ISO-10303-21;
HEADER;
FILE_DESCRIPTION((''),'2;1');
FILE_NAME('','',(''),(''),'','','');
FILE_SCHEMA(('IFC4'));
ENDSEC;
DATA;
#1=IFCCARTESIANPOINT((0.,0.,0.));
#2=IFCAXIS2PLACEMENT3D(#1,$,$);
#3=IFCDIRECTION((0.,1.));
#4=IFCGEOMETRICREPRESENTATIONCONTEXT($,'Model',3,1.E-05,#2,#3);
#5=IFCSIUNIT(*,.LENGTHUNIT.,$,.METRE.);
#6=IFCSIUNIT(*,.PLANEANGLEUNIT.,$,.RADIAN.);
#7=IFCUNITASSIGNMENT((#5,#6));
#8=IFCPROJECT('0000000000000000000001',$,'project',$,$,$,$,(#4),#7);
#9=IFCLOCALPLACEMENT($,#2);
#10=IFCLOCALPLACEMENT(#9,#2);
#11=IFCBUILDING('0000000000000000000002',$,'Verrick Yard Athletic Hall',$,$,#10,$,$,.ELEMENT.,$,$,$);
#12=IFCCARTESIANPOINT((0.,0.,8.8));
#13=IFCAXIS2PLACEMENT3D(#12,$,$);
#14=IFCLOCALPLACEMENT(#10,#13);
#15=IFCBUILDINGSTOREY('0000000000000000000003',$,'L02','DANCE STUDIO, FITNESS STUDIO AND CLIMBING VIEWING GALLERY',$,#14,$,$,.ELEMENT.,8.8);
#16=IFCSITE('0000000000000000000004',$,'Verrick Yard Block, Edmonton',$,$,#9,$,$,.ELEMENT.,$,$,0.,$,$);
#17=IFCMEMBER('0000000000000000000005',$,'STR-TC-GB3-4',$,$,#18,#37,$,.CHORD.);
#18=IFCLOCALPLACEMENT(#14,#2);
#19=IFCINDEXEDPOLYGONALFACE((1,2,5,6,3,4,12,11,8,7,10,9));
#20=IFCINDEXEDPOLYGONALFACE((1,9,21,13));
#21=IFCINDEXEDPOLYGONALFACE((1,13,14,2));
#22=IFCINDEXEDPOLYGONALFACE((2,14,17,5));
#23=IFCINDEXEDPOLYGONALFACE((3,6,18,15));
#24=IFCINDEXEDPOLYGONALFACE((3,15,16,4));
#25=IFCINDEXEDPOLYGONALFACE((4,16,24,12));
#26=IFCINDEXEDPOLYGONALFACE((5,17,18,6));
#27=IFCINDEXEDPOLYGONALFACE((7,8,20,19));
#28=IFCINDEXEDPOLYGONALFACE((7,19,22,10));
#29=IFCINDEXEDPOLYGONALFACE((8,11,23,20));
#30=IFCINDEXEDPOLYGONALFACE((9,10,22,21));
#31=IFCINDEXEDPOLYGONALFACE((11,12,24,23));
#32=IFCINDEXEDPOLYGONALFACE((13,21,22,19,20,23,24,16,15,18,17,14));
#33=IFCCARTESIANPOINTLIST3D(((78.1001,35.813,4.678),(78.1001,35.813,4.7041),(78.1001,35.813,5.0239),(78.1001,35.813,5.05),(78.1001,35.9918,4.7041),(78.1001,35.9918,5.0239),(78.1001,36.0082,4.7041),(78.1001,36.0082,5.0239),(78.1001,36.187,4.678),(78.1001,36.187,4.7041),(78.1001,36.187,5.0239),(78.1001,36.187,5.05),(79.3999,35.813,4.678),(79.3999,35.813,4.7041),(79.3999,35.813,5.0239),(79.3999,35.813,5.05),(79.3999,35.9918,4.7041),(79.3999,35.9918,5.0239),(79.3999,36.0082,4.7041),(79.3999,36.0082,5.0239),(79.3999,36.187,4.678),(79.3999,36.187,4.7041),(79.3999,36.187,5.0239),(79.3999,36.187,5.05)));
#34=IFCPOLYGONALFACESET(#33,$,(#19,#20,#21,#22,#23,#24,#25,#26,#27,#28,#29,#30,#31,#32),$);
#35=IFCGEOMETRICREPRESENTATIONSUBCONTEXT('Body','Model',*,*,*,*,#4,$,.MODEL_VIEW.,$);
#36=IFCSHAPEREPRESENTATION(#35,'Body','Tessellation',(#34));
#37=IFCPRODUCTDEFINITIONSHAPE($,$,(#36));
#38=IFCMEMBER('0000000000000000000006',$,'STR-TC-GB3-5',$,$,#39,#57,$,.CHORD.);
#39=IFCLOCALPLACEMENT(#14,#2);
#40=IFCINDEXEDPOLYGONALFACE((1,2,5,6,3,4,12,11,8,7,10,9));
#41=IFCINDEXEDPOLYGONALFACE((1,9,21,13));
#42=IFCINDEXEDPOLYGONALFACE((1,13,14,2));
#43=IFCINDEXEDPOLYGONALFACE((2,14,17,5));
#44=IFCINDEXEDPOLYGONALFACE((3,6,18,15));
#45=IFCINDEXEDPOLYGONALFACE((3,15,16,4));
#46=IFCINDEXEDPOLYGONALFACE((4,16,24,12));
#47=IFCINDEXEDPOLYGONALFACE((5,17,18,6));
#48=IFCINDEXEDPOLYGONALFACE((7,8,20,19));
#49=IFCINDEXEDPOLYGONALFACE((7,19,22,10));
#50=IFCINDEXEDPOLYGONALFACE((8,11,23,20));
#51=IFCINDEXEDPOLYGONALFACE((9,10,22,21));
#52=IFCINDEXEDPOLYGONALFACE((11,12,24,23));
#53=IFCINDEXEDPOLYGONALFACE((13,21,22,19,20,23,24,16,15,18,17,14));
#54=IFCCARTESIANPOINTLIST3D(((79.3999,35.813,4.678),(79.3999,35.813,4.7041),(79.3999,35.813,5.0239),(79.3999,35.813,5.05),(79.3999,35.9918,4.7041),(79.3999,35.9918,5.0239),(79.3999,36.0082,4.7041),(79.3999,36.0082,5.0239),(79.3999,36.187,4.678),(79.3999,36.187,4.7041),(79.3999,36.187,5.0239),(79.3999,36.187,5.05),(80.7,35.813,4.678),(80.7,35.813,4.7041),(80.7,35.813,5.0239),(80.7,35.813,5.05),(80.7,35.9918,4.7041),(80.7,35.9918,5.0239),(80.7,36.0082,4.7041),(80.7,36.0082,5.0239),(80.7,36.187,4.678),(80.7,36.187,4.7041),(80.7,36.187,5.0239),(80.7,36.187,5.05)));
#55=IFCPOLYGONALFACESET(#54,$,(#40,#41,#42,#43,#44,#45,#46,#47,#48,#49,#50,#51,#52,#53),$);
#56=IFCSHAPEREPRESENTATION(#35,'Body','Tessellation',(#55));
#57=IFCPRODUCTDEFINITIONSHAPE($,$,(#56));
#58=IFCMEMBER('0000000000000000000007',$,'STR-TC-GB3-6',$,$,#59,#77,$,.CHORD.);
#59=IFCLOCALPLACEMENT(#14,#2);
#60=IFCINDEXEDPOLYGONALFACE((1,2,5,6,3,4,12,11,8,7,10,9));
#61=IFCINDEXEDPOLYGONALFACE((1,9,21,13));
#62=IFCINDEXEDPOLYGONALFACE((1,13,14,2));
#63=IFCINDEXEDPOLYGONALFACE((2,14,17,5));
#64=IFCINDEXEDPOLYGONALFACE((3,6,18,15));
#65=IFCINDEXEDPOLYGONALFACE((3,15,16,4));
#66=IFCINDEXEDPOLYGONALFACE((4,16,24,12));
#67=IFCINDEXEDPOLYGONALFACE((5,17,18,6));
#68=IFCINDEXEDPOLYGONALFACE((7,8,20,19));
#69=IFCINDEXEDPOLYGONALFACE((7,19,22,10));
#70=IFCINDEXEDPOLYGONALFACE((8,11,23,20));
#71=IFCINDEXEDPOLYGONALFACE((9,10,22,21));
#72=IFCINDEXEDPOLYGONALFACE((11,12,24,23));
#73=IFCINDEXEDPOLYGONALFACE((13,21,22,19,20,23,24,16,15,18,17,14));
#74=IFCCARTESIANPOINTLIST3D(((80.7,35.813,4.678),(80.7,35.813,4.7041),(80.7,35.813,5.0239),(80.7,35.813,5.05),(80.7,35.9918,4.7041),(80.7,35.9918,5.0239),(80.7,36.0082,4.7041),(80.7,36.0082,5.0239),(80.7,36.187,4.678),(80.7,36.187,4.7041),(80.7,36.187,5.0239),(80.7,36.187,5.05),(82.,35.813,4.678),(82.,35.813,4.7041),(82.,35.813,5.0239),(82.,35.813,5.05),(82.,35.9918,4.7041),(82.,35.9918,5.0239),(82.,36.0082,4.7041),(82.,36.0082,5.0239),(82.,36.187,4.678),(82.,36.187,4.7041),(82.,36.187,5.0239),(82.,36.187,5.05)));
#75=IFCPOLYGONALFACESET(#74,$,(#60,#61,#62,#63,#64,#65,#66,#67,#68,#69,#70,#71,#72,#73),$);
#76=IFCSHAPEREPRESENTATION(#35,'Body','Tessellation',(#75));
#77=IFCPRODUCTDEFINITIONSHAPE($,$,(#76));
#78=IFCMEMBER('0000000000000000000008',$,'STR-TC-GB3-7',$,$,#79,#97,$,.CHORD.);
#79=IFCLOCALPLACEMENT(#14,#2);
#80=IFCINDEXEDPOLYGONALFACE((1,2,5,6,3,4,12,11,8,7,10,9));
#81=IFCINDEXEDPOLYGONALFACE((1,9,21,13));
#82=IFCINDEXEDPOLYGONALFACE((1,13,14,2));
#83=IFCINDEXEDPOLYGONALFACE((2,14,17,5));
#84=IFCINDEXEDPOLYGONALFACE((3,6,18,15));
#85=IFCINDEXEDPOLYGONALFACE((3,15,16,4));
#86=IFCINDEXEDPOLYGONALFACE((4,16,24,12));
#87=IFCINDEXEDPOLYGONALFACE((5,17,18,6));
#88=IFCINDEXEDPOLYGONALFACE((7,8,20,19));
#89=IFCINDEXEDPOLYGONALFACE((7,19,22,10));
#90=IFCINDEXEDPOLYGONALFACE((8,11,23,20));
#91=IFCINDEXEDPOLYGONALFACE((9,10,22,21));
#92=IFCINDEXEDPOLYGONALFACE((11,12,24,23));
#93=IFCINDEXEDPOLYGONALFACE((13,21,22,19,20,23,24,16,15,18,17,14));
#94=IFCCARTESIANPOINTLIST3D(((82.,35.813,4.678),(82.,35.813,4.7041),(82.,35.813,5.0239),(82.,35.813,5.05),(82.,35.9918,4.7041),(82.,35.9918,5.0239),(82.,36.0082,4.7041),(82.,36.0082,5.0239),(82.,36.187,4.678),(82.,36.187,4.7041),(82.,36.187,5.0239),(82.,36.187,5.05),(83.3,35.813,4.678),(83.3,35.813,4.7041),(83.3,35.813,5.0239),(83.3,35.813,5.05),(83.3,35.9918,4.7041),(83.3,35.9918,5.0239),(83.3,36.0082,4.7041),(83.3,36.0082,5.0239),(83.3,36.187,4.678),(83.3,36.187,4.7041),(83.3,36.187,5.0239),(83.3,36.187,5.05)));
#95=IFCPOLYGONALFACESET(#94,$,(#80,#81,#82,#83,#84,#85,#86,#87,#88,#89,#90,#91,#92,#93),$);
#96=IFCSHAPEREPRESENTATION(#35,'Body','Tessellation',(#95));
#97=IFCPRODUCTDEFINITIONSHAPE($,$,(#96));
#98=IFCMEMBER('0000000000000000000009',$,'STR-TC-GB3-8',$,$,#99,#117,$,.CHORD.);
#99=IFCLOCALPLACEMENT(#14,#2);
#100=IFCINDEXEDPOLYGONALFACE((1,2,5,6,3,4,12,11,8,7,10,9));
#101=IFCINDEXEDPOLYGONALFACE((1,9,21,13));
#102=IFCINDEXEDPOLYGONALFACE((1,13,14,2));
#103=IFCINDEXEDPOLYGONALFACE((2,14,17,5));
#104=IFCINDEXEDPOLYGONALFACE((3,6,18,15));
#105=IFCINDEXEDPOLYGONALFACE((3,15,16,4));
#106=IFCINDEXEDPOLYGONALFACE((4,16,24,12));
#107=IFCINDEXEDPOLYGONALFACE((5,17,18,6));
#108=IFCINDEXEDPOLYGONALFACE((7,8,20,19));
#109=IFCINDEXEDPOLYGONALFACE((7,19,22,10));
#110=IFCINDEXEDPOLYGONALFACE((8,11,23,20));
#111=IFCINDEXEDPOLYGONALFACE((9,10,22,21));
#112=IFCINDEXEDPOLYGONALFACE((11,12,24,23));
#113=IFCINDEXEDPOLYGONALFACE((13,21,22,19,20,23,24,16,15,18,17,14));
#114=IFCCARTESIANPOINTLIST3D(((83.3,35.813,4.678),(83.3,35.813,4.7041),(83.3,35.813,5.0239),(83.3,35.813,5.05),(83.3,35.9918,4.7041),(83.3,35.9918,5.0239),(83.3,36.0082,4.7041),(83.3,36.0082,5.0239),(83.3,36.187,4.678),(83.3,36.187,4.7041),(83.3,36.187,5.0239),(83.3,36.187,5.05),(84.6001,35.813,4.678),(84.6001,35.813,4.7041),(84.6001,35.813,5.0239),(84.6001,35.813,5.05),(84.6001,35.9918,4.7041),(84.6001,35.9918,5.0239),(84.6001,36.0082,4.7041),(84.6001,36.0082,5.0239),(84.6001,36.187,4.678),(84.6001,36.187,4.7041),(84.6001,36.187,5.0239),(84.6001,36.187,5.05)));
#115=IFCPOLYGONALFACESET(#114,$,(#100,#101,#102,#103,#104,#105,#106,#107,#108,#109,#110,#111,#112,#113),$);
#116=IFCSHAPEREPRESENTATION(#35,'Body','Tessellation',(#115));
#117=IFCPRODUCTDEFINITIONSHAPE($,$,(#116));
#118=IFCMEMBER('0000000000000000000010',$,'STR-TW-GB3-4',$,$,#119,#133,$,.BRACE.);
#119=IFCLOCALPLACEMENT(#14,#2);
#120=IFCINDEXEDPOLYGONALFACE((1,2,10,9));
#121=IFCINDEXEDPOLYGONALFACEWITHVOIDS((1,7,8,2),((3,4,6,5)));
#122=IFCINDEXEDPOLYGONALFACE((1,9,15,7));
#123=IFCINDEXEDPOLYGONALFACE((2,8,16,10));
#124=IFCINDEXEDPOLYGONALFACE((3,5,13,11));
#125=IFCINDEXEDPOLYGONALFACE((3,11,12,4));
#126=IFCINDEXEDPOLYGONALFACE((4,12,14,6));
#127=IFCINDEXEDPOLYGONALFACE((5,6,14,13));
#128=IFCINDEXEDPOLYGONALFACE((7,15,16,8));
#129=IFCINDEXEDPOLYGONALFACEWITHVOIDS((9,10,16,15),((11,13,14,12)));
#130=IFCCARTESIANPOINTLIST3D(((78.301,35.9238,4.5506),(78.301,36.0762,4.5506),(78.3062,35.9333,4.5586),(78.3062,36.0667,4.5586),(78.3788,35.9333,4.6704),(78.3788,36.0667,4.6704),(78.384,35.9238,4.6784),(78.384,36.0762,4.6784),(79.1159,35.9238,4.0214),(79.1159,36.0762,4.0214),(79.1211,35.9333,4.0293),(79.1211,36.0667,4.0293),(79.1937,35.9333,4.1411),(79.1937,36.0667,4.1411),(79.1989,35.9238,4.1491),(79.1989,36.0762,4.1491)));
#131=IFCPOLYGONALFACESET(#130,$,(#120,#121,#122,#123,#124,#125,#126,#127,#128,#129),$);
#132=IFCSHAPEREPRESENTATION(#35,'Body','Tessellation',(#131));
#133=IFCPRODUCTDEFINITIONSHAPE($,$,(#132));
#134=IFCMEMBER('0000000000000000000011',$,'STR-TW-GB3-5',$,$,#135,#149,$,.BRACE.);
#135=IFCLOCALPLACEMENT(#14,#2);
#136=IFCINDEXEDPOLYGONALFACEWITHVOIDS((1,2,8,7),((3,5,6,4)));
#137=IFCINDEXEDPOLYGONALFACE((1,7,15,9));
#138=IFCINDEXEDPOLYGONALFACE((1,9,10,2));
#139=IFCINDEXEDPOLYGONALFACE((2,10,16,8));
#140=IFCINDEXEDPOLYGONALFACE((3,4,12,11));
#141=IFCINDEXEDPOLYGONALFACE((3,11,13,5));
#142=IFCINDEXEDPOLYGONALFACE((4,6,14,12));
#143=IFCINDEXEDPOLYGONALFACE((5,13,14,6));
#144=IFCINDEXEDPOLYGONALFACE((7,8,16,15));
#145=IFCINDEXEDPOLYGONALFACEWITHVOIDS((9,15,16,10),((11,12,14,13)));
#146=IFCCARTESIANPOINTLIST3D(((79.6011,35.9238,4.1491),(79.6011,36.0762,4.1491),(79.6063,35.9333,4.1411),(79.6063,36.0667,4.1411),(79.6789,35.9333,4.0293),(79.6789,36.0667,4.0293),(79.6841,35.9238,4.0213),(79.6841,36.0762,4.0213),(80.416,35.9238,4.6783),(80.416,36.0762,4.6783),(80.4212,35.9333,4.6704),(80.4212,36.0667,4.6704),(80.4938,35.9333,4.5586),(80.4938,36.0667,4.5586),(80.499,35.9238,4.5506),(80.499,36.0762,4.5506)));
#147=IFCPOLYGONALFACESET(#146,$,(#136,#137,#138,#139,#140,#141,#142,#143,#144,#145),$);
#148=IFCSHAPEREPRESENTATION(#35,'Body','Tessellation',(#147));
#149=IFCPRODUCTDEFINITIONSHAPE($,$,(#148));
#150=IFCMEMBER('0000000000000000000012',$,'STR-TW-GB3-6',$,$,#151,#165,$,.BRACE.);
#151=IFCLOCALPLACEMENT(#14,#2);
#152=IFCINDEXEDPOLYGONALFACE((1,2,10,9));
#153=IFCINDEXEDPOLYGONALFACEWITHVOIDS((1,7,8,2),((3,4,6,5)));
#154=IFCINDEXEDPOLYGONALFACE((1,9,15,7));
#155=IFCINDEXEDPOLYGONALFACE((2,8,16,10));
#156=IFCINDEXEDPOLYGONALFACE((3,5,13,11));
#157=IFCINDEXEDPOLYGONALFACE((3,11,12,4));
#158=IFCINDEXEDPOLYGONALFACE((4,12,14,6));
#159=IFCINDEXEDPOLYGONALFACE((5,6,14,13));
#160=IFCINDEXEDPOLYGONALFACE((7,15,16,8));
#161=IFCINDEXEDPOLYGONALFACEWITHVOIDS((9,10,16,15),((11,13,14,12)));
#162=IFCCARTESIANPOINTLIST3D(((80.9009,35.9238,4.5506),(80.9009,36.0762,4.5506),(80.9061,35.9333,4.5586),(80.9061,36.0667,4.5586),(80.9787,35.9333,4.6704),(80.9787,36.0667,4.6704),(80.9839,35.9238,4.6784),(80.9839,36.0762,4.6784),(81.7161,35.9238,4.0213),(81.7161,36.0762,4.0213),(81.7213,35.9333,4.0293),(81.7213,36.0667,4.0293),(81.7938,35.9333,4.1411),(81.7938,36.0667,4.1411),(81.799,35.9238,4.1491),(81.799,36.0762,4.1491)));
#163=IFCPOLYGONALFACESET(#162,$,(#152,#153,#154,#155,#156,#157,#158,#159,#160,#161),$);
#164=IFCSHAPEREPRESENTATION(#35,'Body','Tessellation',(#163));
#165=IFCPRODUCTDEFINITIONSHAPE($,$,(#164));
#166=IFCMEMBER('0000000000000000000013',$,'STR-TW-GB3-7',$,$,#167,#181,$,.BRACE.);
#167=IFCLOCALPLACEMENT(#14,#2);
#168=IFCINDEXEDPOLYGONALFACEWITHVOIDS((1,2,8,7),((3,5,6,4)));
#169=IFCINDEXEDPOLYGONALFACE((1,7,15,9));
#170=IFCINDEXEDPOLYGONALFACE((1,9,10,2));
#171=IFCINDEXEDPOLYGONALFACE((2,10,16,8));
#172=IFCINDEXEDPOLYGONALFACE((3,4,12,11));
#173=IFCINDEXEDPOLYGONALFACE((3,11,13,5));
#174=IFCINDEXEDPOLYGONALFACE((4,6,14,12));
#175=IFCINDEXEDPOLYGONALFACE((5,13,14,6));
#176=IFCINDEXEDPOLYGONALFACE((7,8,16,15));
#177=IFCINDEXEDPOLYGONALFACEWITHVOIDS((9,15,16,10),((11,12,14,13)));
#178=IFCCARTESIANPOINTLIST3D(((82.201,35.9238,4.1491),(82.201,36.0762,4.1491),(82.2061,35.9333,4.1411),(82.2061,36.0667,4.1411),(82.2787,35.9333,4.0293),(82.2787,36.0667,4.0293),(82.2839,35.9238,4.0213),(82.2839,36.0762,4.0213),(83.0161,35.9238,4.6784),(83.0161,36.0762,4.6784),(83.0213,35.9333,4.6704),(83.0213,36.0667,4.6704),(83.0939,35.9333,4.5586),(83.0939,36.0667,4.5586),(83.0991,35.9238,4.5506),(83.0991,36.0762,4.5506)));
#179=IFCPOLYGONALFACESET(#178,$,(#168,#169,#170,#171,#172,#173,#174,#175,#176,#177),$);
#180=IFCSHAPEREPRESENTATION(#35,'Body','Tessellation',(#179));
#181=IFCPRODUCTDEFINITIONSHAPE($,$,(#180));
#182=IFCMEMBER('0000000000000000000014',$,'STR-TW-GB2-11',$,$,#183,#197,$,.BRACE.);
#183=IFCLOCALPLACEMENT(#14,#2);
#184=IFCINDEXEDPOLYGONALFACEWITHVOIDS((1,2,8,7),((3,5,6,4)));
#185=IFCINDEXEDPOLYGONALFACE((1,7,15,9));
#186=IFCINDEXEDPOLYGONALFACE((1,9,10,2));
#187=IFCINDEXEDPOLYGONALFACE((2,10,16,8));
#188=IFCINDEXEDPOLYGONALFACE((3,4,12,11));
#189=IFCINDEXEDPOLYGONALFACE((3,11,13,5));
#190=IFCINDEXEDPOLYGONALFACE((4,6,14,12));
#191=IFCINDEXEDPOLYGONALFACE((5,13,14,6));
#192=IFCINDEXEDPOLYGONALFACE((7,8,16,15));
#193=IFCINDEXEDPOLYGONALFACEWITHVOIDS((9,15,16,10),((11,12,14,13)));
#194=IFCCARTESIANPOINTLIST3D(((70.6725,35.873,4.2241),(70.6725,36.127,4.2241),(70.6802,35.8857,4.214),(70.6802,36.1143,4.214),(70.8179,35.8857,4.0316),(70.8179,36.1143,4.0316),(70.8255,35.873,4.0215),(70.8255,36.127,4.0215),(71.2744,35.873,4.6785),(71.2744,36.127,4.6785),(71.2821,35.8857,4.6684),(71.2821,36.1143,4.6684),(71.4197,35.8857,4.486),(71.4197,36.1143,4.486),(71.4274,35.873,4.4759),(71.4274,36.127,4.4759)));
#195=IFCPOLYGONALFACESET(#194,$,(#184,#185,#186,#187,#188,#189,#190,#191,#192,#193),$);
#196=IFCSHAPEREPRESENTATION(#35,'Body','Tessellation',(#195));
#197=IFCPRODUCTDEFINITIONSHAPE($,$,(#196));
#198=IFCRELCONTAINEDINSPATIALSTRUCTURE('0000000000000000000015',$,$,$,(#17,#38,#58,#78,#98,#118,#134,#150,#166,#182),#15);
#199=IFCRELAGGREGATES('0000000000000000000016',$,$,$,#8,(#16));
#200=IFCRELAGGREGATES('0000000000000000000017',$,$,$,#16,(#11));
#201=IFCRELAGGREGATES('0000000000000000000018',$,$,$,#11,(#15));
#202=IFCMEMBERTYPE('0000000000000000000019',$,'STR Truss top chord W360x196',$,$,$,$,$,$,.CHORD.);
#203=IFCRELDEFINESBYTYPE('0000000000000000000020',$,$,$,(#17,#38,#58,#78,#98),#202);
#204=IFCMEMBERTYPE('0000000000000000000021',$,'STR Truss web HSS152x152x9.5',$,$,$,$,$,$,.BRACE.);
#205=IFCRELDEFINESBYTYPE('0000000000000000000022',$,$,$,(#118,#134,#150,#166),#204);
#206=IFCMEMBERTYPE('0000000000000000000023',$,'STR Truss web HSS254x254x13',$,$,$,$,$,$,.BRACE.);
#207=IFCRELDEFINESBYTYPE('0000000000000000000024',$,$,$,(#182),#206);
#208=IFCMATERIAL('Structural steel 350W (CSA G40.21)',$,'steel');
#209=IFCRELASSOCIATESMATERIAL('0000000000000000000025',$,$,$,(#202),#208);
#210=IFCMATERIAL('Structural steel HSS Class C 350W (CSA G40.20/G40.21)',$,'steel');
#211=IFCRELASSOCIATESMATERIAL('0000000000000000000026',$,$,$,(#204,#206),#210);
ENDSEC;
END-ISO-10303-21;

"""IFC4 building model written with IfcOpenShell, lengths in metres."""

from ifc_helpers import new_model, si_unit, direction, frame, origin, origin_2d, place, context, subcontext, project, spatial, hollow_rectangle, i_section, extrude, material, material_profile, profile_set, type_object, element, save


model = new_model("IFC4")

# Units and contexts
model_context = context("Model", 3, precision=1e-05, world=origin(), true_north=direction((0.0, 1.0)))
body_context = subcontext(model_context, "Body", "Model", "MODEL_VIEW")
ifc_project = project(units=[si_unit("LENGTHUNIT", "METRE"), si_unit("PLANEANGLEUNIT", "RADIAN")], contexts=[model_context])

# Site, building, storey
site_placement = place(None, origin())
site = spatial("IfcSite", under=ifc_project, at=site_placement, Name="Verrick Yard Block, Edmonton", CompositionType="ELEMENT", RefElevation=0.0)
building_placement = place(site_placement, origin())
building = spatial("IfcBuilding", under=site, at=building_placement, Name="Verrick Yard Athletic Hall", CompositionType="ELEMENT")
storey_placement = place(building_placement, frame((0.0, 0.0, 8.8)))
storey = spatial("IfcBuildingStorey", under=building, at=storey_placement, Name="L02", Description="DANCE STUDIO, FITNESS STUDIO AND CLIMBING VIEWING GALLERY", CompositionType="ELEMENT", Elevation=8.8)

# Shared definitions
ifc_material_1 = material(Name="Structural steel 350W (CSA G40.21)", Category="steel")

# Members
ifc_material_2 = material(Name="Structural steel HSS Class C 350W (CSA G40.20/G40.21)", Category="steel")
ifc_material_profile_1 = material_profile(ifc_material_1, i_section(OverallWidth=0.374, OverallDepth=0.3721, WebThickness=0.0164, FlangeThickness=0.0261, at=origin_2d()), Name="W360x196")
ifc_profile_set_1 = profile_set([ifc_material_profile_1], Name="Structural steel 350W (CSA G40.21)")
member_type_1 = type_object("IfcMemberType", Name="STR Truss top chord W360x196", PredefinedType="CHORD", material=ifc_profile_set_1)
member_1_placement = place(storey_placement, frame((78.1001, 36.0, 4.864), z_axis=(1.0, 0.0, 0.0), x_axis=(0.0, 1.0, 0.0)))
element("IfcMember", 1, at=member_1_placement, inside=storey, type_object=member_type_1, Name="STR-TC-GB3-4", PredefinedType="CHORD", context=body_context, shape_type="SweptSolid", body=[
    extrude(i_section(OverallWidth=0.374, OverallDepth=0.3721, WebThickness=0.0164, FlangeThickness=0.0261, at=origin_2d()), origin(), (0.0, 0.0, 1.0), 1.2998),
])
for number, where, z_axis, x_axis, name in (
    (2, (79.3999, 36.0, 4.864), (1.0, 0.0, 0.0), (0.0, 1.0, 0.0), "STR-TC-GB3-5"),
    (3, (80.7, 36.0, 4.864), (1.0, 0.0, 0.0), (0.0, 1.0, 0.0), "STR-TC-GB3-6"),
    (4, (82.0, 36.0, 4.864), (1.0, 0.0, 0.0), (0.0, 1.0, 0.0), "STR-TC-GB3-7"),
    (5, (83.3, 36.0, 4.864), (1.0, 0.0, 0.0), (0.0, 1.0, 0.0), "STR-TC-GB3-8"),
):
    element("IfcMember", number, at=place(storey_placement, frame(where, z_axis=z_axis, x_axis=x_axis)), inside=storey, type_object=member_type_1, Name=name, PredefinedType="CHORD", context=body_context, shape_type="SweptSolid", body=[
        extrude(i_section(OverallWidth=0.374, OverallDepth=0.3721, WebThickness=0.0164, FlangeThickness=0.0261, at=origin_2d()), origin(), (0.0, 0.0, 1.0), 1.3),
    ])
ifc_material_profile_2 = material_profile(ifc_material_2, hollow_rectangle(XDim=0.1523, YDim=0.1523, WallThickness=0.0095, at=origin_2d()), Name="HSS152x152x9.5")
ifc_profile_set_2 = profile_set([ifc_material_profile_2], Name="Structural steel HSS Class C 350W (CSA G40.20/G40.21)")
member_type_2 = type_object("IfcMemberType", Name="STR Truss web HSS152x152x9.5", PredefinedType="BRACE", material=ifc_profile_set_2)
for number, where, z_axis, x_axis, name in (
    (6, (78.3425, 36.0, 4.6145), (0.838639, 0.0, -0.544688), (0.0, 1.0, 0.0), "STR-TW-GB3-4"),
    (7, (79.6426, 36.0, 4.0852), (0.838639, 0.0, 0.544688), (0.0, 1.0, 0.0), "STR-TW-GB3-5"),
):
    element("IfcMember", number, at=place(storey_placement, frame(where, z_axis=z_axis, x_axis=x_axis)), inside=storey, type_object=member_type_2, Name=name, PredefinedType="BRACE", context=body_context, shape_type="SweptSolid", body=[
        extrude(hollow_rectangle(XDim=0.1523, YDim=0.1523, WallThickness=0.0095, at=origin_2d()), origin(), (0.0, 0.0, 1.0), 0.9717),
    ])
for number, where, z_axis, x_axis, name in (
    (8, (80.9424, 36.0, 4.6145), (0.838713, 0.0, -0.544573), (0.0, 1.0, 0.0), "STR-TW-GB3-6"),
    (9, (82.2424, 36.0, 4.0852), (0.838713, 0.0, 0.544573), (0.0, 1.0, 0.0), "STR-TW-GB3-7"),
):
    element("IfcMember", number, at=place(storey_placement, frame(where, z_axis=z_axis, x_axis=x_axis)), inside=storey, type_object=member_type_2, Name=name, PredefinedType="BRACE", context=body_context, shape_type="SweptSolid", body=[
        extrude(hollow_rectangle(XDim=0.1523, YDim=0.1523, WallThickness=0.0095, at=origin_2d()), origin(), (0.0, 0.0, 1.0), 0.9719),
    ])
ifc_material_profile_3 = material_profile(ifc_material_2, hollow_rectangle(XDim=0.2539, YDim=0.2539, WallThickness=0.0127, at=origin_2d()), Name="HSS254x254x13")
ifc_profile_set_3 = profile_set([ifc_material_profile_3], Name="Structural steel HSS Class C 350W (CSA G40.20/G40.21)")
member_type_3 = type_object("IfcMemberType", Name="STR Truss web HSS254x254x13", PredefinedType="BRACE", material=ifc_profile_set_3)
member_2_placement = place(storey_placement, frame((70.749, 36.0, 4.1228), z_axis=(0.798092, 0.0, 0.602535), x_axis=(0.0, 1.0, 0.0)))
element("IfcMember", 10, at=member_2_placement, inside=storey, type_object=member_type_3, Name="STR-TW-GB2-11", PredefinedType="BRACE", context=body_context, shape_type="SweptSolid", body=[
    extrude(hollow_rectangle(XDim=0.2539, YDim=0.2539, WallThickness=0.0127, at=origin_2d()), origin(), (0.0, 0.0, 1.0), 0.7542),
])

save(model, "model.ifc")
